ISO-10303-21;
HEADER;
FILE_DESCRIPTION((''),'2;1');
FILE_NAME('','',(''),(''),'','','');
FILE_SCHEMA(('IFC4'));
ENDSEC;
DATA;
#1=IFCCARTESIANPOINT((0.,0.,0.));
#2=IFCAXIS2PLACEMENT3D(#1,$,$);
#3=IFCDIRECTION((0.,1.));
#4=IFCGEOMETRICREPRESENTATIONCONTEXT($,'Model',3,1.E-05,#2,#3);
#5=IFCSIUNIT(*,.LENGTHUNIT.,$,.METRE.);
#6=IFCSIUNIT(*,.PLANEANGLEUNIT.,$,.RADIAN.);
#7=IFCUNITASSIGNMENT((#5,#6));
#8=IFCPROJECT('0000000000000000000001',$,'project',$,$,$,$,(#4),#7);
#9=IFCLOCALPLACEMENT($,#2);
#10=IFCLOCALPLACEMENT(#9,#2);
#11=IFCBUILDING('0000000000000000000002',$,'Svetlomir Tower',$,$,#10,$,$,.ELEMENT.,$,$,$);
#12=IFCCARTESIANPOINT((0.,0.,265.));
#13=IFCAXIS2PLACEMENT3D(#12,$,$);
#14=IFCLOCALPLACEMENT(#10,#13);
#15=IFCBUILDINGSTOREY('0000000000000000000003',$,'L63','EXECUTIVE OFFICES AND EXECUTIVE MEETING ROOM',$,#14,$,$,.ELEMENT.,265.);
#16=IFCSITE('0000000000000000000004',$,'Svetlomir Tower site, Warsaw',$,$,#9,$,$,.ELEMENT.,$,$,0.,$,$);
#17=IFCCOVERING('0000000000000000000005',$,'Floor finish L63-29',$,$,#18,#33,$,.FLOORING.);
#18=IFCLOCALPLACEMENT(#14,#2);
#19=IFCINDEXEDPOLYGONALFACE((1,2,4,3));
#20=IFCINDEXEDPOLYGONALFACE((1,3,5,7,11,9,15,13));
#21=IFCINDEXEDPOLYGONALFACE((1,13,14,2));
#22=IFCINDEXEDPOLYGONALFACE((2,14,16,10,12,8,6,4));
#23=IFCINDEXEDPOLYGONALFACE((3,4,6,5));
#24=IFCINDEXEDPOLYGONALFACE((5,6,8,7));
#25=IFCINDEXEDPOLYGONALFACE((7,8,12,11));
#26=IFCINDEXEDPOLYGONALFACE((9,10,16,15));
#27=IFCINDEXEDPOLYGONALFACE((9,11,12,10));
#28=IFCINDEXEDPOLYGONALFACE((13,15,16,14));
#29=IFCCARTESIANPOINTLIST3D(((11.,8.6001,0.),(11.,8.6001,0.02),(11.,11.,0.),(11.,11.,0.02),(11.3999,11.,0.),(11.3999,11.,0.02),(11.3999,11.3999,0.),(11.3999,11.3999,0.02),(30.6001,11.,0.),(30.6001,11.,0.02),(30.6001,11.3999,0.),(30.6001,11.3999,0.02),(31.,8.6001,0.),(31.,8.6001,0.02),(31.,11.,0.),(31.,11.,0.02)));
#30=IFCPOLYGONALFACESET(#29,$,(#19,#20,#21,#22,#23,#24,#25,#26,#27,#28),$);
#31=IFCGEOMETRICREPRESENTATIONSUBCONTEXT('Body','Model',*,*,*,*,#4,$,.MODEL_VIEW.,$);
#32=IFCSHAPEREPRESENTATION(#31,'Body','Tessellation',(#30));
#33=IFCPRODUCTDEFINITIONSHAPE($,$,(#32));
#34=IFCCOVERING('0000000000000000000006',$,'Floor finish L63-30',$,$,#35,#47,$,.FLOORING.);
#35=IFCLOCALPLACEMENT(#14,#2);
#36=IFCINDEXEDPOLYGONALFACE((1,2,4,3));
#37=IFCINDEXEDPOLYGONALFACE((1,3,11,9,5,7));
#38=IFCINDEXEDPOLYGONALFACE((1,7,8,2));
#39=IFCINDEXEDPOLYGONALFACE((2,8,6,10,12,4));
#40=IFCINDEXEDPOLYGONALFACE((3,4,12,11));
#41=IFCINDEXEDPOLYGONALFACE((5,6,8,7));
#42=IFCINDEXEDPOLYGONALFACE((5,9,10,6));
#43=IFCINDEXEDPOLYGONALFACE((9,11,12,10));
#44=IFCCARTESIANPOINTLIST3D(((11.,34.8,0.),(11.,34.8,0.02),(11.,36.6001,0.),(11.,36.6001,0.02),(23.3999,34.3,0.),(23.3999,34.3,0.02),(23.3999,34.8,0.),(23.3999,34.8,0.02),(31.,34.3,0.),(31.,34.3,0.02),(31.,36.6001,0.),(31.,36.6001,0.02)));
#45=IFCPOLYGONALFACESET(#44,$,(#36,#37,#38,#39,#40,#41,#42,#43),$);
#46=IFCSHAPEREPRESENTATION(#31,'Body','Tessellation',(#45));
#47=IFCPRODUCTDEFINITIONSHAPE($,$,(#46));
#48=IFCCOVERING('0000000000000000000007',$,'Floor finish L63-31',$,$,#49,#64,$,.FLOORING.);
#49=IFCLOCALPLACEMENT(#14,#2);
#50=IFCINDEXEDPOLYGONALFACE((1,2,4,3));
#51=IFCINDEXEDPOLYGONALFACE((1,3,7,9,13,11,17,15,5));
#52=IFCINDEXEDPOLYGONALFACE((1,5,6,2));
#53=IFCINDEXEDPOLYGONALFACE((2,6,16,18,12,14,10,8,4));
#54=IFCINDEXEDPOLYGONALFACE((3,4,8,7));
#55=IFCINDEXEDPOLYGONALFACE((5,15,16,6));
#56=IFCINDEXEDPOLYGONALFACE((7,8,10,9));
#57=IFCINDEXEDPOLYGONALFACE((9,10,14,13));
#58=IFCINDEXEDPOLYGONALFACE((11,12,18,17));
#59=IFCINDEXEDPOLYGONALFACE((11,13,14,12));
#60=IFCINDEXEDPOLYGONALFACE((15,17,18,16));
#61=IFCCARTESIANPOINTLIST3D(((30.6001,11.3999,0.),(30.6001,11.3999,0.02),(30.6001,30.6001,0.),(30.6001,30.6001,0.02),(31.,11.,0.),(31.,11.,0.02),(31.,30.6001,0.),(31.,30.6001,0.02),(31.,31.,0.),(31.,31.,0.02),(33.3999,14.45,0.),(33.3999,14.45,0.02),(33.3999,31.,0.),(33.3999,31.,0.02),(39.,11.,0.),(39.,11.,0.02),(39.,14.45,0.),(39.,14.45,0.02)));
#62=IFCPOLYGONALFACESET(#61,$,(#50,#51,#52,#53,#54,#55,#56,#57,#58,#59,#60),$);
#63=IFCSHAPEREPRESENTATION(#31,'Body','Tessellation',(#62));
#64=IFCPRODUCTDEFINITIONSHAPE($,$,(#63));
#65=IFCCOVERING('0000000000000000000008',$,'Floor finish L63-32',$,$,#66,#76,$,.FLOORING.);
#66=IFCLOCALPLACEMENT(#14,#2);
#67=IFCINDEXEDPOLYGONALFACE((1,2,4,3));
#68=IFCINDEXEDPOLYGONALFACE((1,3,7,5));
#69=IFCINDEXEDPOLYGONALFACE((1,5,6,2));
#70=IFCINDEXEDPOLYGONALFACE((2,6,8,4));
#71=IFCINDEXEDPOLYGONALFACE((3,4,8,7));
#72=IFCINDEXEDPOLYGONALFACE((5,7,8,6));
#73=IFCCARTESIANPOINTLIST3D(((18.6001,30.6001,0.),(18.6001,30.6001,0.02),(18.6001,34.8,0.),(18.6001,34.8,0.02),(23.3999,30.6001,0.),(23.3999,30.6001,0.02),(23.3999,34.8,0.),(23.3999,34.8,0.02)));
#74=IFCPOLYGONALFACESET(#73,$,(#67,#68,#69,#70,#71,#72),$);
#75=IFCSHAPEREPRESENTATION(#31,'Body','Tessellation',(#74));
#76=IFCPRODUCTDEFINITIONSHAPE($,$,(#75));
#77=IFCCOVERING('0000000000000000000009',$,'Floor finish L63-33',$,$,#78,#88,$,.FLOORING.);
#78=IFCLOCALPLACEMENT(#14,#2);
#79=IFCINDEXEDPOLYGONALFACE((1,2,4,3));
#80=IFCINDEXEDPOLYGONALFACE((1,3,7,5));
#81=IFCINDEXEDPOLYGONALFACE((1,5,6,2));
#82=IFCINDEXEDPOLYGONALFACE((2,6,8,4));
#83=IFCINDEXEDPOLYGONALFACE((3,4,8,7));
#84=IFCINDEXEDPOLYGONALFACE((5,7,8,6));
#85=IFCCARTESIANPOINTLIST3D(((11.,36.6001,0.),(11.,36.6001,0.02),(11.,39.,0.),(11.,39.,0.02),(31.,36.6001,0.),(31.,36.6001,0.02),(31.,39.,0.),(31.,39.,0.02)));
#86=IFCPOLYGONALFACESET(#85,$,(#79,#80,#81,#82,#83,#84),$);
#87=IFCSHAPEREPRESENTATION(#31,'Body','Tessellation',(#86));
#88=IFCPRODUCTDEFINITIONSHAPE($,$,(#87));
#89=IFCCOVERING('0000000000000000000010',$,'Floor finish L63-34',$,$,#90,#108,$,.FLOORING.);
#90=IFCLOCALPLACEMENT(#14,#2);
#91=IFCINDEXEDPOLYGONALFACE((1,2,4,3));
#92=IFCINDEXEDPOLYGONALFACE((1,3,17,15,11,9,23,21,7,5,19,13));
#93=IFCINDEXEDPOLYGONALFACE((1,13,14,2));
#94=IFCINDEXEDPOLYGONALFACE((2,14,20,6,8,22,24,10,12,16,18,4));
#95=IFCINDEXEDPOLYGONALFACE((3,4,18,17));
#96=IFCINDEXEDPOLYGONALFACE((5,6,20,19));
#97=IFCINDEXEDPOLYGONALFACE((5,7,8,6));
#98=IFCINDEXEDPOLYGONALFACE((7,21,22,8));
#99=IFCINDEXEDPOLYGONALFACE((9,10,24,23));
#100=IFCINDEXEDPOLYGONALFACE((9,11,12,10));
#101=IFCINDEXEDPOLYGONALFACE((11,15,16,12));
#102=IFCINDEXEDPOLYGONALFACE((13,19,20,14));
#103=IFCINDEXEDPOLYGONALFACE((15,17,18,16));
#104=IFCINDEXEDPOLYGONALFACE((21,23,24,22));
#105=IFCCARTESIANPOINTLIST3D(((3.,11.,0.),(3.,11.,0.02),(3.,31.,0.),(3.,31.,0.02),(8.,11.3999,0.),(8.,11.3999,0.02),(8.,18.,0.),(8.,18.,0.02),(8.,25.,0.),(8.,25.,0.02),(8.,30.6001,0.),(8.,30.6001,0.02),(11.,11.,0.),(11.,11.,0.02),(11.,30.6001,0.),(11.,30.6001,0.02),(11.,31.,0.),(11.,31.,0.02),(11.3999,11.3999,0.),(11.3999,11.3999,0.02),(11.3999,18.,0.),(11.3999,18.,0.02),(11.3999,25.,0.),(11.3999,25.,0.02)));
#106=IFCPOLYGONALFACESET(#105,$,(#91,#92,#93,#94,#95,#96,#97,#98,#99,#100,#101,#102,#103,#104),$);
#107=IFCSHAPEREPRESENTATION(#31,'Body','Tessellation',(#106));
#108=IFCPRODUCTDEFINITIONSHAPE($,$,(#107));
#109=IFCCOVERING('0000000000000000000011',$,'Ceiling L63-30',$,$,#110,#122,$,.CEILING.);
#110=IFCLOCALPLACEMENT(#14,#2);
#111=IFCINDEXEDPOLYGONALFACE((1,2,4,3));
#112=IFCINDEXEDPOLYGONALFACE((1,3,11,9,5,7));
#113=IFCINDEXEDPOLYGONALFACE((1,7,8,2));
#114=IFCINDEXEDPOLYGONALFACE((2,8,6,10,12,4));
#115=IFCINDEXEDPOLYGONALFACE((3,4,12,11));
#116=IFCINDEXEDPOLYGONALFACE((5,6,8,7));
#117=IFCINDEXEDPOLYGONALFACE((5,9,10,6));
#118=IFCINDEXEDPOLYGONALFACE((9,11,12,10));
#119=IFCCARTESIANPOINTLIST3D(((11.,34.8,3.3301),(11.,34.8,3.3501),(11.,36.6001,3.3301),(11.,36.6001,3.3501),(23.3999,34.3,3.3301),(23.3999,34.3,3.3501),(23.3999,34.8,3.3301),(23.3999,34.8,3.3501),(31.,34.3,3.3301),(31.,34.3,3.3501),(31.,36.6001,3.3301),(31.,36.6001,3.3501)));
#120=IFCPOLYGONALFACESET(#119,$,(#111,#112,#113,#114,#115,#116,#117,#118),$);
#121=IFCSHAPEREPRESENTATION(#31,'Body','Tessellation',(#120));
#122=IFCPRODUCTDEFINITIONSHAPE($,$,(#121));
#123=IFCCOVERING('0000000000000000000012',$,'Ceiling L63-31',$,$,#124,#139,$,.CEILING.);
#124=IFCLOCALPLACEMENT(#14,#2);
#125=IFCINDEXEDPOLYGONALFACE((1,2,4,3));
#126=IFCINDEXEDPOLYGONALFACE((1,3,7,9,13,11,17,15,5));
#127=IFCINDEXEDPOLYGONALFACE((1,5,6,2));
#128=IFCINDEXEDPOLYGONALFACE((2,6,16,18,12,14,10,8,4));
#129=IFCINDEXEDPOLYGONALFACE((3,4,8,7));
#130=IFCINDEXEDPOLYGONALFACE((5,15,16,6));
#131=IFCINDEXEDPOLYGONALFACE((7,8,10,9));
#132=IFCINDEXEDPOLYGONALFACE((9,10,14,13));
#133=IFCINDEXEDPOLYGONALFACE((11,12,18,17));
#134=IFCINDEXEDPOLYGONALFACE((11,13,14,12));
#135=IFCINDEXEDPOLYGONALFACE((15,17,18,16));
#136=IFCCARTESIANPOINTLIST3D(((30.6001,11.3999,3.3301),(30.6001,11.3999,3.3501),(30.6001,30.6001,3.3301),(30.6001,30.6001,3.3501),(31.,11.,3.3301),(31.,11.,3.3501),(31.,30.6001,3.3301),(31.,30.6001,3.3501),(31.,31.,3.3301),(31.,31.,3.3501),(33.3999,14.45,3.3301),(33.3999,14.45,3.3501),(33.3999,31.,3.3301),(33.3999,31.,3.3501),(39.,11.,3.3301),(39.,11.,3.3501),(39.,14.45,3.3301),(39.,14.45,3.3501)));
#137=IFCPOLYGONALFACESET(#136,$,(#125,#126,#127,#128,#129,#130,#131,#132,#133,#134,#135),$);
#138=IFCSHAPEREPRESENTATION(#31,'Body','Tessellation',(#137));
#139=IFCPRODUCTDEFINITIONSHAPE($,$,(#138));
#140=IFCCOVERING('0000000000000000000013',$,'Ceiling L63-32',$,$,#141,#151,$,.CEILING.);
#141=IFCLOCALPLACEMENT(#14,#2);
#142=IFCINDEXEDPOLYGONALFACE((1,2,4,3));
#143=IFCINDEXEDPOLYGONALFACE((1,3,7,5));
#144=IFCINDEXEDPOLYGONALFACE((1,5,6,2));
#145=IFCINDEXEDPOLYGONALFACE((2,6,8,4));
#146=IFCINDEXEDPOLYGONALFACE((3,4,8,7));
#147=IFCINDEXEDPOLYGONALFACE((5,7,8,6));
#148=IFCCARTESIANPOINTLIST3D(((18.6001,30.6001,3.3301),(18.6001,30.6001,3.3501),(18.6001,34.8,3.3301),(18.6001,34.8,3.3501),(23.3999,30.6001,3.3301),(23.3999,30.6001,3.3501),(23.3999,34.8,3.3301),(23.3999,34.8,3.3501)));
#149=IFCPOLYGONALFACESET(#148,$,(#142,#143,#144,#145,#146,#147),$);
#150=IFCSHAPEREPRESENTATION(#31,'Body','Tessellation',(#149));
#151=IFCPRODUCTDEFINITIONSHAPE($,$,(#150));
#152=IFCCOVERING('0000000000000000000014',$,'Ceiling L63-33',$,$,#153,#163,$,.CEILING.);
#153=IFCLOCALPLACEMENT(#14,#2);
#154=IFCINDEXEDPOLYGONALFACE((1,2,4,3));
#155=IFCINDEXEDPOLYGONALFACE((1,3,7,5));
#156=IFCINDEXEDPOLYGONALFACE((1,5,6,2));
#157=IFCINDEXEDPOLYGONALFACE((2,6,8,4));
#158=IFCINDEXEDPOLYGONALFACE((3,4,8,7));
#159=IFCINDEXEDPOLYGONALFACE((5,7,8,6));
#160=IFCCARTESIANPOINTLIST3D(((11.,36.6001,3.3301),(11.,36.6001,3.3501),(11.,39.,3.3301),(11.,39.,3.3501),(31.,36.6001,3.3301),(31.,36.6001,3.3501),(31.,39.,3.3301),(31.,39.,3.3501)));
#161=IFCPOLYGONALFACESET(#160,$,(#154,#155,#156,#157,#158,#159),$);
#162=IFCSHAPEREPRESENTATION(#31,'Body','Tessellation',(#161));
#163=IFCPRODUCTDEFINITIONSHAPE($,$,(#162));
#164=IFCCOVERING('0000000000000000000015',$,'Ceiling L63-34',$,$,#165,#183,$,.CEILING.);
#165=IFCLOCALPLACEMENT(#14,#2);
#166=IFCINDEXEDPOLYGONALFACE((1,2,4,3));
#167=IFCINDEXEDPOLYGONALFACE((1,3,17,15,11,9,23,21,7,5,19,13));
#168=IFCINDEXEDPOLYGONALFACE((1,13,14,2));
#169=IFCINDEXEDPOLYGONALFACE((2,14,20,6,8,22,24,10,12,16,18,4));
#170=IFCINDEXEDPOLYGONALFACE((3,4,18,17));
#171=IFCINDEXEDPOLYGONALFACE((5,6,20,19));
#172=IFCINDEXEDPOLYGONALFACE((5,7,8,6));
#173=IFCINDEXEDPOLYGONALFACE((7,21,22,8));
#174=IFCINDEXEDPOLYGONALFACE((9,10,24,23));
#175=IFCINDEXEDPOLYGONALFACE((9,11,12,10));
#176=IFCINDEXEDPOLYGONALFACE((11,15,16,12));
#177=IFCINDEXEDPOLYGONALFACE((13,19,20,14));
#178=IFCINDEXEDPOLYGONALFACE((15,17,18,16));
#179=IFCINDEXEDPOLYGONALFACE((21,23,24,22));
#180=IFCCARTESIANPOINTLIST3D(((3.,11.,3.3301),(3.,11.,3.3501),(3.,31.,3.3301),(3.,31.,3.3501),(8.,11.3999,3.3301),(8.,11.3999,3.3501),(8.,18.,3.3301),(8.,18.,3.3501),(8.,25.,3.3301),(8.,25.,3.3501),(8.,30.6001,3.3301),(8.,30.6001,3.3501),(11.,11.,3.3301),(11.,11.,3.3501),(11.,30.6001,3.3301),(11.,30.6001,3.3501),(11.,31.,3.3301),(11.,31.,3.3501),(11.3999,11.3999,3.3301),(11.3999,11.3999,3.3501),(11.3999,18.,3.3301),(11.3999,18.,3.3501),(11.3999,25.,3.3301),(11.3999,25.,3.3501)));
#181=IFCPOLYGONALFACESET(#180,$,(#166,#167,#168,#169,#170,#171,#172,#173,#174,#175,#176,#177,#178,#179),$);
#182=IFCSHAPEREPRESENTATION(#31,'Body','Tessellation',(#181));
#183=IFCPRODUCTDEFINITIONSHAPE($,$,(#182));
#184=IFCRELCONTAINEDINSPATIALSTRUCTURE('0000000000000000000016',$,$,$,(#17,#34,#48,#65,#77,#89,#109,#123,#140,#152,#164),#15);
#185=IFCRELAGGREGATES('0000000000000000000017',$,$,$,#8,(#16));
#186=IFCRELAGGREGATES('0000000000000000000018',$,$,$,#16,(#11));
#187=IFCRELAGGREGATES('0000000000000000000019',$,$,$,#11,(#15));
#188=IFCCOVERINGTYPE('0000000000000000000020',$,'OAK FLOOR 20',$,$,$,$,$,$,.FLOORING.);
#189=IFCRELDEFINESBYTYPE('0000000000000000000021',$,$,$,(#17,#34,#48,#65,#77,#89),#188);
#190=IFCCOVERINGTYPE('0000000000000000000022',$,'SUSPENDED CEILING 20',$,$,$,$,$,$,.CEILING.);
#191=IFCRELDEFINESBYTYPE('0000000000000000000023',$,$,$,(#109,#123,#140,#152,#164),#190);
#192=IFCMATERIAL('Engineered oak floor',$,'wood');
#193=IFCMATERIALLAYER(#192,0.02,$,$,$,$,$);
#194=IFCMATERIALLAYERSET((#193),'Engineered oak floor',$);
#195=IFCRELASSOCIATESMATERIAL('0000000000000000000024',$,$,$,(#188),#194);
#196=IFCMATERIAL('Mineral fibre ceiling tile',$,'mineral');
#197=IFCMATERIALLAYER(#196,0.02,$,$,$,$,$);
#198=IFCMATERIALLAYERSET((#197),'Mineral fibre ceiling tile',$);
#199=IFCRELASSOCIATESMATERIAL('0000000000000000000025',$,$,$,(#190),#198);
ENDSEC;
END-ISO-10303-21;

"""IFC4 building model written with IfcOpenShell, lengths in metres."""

from ifc_helpers import new_model, si_unit, direction, frame, origin, place, context, subcontext, project, spatial, polyline, outline, extrude, material, layer, layer_set, type_object, element, save


model = new_model("IFC4")

# Units and contexts
model_context = context("Model", 3, precision=1e-05, world=origin(), true_north=direction((0.0, 1.0)))
body_context = subcontext(model_context, "Body", "Model", "MODEL_VIEW")
ifc_project = project(units=[si_unit("LENGTHUNIT", "METRE"), si_unit("PLANEANGLEUNIT", "RADIAN")], contexts=[model_context])

# Site, building, storey
site_placement = place(None, origin())
site = spatial("IfcSite", under=ifc_project, at=site_placement, Name="Svetlomir Tower site, Warsaw", CompositionType="ELEMENT", RefElevation=0.0)
building_placement = place(site_placement, origin())
building = spatial("IfcBuilding", under=site, at=building_placement, Name="Svetlomir Tower", CompositionType="ELEMENT")
storey_placement = place(building_placement, frame((0.0, 0.0, 265.0)))
storey = spatial("IfcBuildingStorey", under=building, at=storey_placement, Name="L63", Description="EXECUTIVE OFFICES AND EXECUTIVE MEETING ROOM", CompositionType="ELEMENT", Elevation=265.0)

# Coverings
ifc_material_1 = material(Name="Engineered oak floor", Category="wood")
ifc_layer_1 = layer(ifc_material_1, 0.02)
ifc_layer_set_1 = layer_set([ifc_layer_1], Name="Engineered oak floor")
covering_type_1 = type_object("IfcCoveringType", Name="OAK FLOOR 20", PredefinedType="FLOORING", material=ifc_layer_set_1)
covering_1_placement = place(storey_placement, origin())
element("IfcCovering", 1, at=covering_1_placement, inside=storey, type_object=covering_type_1, Name="Floor finish L63-29", PredefinedType="FLOORING", context=body_context, shape_type="SweptSolid", body=[
    extrude(outline(polyline([(11.0, 11.0), (11.3999, 11.0), (11.3999, 11.3999), (30.6001, 11.3999), (30.6001, 11.0), (31.0, 11.0), (31.0, 8.6001), (11.0, 8.6001), (11.0, 11.0)])), origin(), (0.0, 0.0, 1.0), 0.02),
])
covering_2_placement = place(storey_placement, origin())
element("IfcCovering", 2, at=covering_2_placement, inside=storey, type_object=covering_type_1, Name="Floor finish L63-30", PredefinedType="FLOORING", context=body_context, shape_type="SweptSolid", body=[
    extrude(outline(polyline([(23.3999, 34.8), (11.0, 34.8), (11.0, 36.6001), (31.0, 36.6001), (31.0, 34.3), (23.3999, 34.3), (23.3999, 34.8)])), origin(), (0.0, 0.0, 1.0), 0.02),
])
covering_3_placement = place(storey_placement, origin())
element("IfcCovering", 3, at=covering_3_placement, inside=storey, type_object=covering_type_1, Name="Floor finish L63-31", PredefinedType="FLOORING", context=body_context, shape_type="SweptSolid", body=[
    extrude(outline(polyline([(30.6001, 30.6001), (31.0, 30.6001), (31.0, 31.0), (33.3999, 31.0), (33.3999, 14.45), (39.0, 14.45), (39.0, 11.0), (31.0, 11.0), (30.6001, 11.3999), (30.6001, 30.6001)])), origin(), (0.0, 0.0, 1.0), 0.02),
])
covering_4_placement = place(storey_placement, origin())
element("IfcCovering", 4, at=covering_4_placement, inside=storey, type_object=covering_type_1, Name="Floor finish L63-32", PredefinedType="FLOORING", context=body_context, shape_type="SweptSolid", body=[
    extrude(outline(polyline([(18.6001, 30.6001), (18.6001, 34.8), (23.3999, 34.8), (23.3999, 30.6001), (18.6001, 30.6001)])), origin(), (0.0, 0.0, 1.0), 0.02),
])
covering_5_placement = place(storey_placement, origin())
element("IfcCovering", 5, at=covering_5_placement, inside=storey, type_object=covering_type_1, Name="Floor finish L63-33", PredefinedType="FLOORING", context=body_context, shape_type="SweptSolid", body=[
    extrude(outline(polyline([(31.0, 39.0), (31.0, 36.6001), (11.0, 36.6001), (11.0, 39.0), (31.0, 39.0)])), origin(), (0.0, 0.0, 1.0), 0.02),
])
covering_6_placement = place(storey_placement, origin())
element("IfcCovering", 6, at=covering_6_placement, inside=storey, type_object=covering_type_1, Name="Floor finish L63-34", PredefinedType="FLOORING", context=body_context, shape_type="SweptSolid", body=[
    extrude(outline(polyline([(3.0, 31.0), (11.0, 31.0), (11.0, 30.6001), (8.0, 30.6001), (8.0, 25.0), (11.3999, 25.0), (11.3999, 18.0), (8.0, 18.0), (8.0, 11.3999), (11.3999, 11.3999), (11.0, 11.0), (3.0, 11.0), (3.0, 31.0)])), origin(), (0.0, 0.0, 1.0), 0.02),
])
ifc_material_2 = material(Name="Mineral fibre ceiling tile", Category="mineral")
ifc_layer_2 = layer(ifc_material_2, 0.02)
ifc_layer_set_2 = layer_set([ifc_layer_2], Name="Mineral fibre ceiling tile")
covering_type_2 = type_object("IfcCoveringType", Name="SUSPENDED CEILING 20", PredefinedType="CEILING", material=ifc_layer_set_2)
covering_7_placement = place(storey_placement, frame((0.0, 0.0, 3.3301)))
element("IfcCovering", 7, at=covering_7_placement, inside=storey, type_object=covering_type_2, Name="Ceiling L63-30", PredefinedType="CEILING", context=body_context, shape_type="SweptSolid", body=[
    extrude(outline(polyline([(23.3999, 34.8), (11.0, 34.8), (11.0, 36.6001), (31.0, 36.6001), (31.0, 34.3), (23.3999, 34.3), (23.3999, 34.8)])), origin(), (0.0, 0.0, 1.0), 0.02),
])
covering_8_placement = place(storey_placement, frame((0.0, 0.0, 3.3301)))
element("IfcCovering", 8, at=covering_8_placement, inside=storey, type_object=covering_type_2, Name="Ceiling L63-31", PredefinedType="CEILING", context=body_context, shape_type="SweptSolid", body=[
    extrude(outline(polyline([(30.6001, 30.6001), (31.0, 30.6001), (31.0, 31.0), (33.3999, 31.0), (33.3999, 14.45), (39.0, 14.45), (39.0, 11.0), (31.0, 11.0), (30.6001, 11.3999), (30.6001, 30.6001)])), origin(), (0.0, 0.0, 1.0), 0.02),
])
covering_9_placement = place(storey_placement, frame((0.0, 0.0, 3.3301)))
element("IfcCovering", 9, at=covering_9_placement, inside=storey, type_object=covering_type_2, Name="Ceiling L63-32", PredefinedType="CEILING", context=body_context, shape_type="SweptSolid", body=[
    extrude(outline(polyline([(18.6001, 30.6001), (18.6001, 34.8), (23.3999, 34.8), (23.3999, 30.6001), (18.6001, 30.6001)])), origin(), (0.0, 0.0, 1.0), 0.02),
])
covering_10_placement = place(storey_placement, frame((0.0, 0.0, 3.3301)))
element("IfcCovering", 10, at=covering_10_placement, inside=storey, type_object=covering_type_2, Name="Ceiling L63-33", PredefinedType="CEILING", context=body_context, shape_type="SweptSolid", body=[
    extrude(outline(polyline([(31.0, 39.0), (31.0, 36.6001), (11.0, 36.6001), (11.0, 39.0), (31.0, 39.0)])), origin(), (0.0, 0.0, 1.0), 0.02),
])
covering_11_placement = place(storey_placement, frame((0.0, 0.0, 3.3301)))
element("IfcCovering", 11, at=covering_11_placement, inside=storey, type_object=covering_type_2, Name="Ceiling L63-34", PredefinedType="CEILING", context=body_context, shape_type="SweptSolid", body=[
    extrude(outline(polyline([(3.0, 31.0), (11.0, 31.0), (11.0, 30.6001), (8.0, 30.6001), (8.0, 25.0), (11.3999, 25.0), (11.3999, 18.0), (8.0, 18.0), (8.0, 11.3999), (11.3999, 11.3999), (11.0, 11.0), (3.0, 11.0), (3.0, 31.0)])), origin(), (0.0, 0.0, 1.0), 0.02),
])

save(model, "model.ifc")
